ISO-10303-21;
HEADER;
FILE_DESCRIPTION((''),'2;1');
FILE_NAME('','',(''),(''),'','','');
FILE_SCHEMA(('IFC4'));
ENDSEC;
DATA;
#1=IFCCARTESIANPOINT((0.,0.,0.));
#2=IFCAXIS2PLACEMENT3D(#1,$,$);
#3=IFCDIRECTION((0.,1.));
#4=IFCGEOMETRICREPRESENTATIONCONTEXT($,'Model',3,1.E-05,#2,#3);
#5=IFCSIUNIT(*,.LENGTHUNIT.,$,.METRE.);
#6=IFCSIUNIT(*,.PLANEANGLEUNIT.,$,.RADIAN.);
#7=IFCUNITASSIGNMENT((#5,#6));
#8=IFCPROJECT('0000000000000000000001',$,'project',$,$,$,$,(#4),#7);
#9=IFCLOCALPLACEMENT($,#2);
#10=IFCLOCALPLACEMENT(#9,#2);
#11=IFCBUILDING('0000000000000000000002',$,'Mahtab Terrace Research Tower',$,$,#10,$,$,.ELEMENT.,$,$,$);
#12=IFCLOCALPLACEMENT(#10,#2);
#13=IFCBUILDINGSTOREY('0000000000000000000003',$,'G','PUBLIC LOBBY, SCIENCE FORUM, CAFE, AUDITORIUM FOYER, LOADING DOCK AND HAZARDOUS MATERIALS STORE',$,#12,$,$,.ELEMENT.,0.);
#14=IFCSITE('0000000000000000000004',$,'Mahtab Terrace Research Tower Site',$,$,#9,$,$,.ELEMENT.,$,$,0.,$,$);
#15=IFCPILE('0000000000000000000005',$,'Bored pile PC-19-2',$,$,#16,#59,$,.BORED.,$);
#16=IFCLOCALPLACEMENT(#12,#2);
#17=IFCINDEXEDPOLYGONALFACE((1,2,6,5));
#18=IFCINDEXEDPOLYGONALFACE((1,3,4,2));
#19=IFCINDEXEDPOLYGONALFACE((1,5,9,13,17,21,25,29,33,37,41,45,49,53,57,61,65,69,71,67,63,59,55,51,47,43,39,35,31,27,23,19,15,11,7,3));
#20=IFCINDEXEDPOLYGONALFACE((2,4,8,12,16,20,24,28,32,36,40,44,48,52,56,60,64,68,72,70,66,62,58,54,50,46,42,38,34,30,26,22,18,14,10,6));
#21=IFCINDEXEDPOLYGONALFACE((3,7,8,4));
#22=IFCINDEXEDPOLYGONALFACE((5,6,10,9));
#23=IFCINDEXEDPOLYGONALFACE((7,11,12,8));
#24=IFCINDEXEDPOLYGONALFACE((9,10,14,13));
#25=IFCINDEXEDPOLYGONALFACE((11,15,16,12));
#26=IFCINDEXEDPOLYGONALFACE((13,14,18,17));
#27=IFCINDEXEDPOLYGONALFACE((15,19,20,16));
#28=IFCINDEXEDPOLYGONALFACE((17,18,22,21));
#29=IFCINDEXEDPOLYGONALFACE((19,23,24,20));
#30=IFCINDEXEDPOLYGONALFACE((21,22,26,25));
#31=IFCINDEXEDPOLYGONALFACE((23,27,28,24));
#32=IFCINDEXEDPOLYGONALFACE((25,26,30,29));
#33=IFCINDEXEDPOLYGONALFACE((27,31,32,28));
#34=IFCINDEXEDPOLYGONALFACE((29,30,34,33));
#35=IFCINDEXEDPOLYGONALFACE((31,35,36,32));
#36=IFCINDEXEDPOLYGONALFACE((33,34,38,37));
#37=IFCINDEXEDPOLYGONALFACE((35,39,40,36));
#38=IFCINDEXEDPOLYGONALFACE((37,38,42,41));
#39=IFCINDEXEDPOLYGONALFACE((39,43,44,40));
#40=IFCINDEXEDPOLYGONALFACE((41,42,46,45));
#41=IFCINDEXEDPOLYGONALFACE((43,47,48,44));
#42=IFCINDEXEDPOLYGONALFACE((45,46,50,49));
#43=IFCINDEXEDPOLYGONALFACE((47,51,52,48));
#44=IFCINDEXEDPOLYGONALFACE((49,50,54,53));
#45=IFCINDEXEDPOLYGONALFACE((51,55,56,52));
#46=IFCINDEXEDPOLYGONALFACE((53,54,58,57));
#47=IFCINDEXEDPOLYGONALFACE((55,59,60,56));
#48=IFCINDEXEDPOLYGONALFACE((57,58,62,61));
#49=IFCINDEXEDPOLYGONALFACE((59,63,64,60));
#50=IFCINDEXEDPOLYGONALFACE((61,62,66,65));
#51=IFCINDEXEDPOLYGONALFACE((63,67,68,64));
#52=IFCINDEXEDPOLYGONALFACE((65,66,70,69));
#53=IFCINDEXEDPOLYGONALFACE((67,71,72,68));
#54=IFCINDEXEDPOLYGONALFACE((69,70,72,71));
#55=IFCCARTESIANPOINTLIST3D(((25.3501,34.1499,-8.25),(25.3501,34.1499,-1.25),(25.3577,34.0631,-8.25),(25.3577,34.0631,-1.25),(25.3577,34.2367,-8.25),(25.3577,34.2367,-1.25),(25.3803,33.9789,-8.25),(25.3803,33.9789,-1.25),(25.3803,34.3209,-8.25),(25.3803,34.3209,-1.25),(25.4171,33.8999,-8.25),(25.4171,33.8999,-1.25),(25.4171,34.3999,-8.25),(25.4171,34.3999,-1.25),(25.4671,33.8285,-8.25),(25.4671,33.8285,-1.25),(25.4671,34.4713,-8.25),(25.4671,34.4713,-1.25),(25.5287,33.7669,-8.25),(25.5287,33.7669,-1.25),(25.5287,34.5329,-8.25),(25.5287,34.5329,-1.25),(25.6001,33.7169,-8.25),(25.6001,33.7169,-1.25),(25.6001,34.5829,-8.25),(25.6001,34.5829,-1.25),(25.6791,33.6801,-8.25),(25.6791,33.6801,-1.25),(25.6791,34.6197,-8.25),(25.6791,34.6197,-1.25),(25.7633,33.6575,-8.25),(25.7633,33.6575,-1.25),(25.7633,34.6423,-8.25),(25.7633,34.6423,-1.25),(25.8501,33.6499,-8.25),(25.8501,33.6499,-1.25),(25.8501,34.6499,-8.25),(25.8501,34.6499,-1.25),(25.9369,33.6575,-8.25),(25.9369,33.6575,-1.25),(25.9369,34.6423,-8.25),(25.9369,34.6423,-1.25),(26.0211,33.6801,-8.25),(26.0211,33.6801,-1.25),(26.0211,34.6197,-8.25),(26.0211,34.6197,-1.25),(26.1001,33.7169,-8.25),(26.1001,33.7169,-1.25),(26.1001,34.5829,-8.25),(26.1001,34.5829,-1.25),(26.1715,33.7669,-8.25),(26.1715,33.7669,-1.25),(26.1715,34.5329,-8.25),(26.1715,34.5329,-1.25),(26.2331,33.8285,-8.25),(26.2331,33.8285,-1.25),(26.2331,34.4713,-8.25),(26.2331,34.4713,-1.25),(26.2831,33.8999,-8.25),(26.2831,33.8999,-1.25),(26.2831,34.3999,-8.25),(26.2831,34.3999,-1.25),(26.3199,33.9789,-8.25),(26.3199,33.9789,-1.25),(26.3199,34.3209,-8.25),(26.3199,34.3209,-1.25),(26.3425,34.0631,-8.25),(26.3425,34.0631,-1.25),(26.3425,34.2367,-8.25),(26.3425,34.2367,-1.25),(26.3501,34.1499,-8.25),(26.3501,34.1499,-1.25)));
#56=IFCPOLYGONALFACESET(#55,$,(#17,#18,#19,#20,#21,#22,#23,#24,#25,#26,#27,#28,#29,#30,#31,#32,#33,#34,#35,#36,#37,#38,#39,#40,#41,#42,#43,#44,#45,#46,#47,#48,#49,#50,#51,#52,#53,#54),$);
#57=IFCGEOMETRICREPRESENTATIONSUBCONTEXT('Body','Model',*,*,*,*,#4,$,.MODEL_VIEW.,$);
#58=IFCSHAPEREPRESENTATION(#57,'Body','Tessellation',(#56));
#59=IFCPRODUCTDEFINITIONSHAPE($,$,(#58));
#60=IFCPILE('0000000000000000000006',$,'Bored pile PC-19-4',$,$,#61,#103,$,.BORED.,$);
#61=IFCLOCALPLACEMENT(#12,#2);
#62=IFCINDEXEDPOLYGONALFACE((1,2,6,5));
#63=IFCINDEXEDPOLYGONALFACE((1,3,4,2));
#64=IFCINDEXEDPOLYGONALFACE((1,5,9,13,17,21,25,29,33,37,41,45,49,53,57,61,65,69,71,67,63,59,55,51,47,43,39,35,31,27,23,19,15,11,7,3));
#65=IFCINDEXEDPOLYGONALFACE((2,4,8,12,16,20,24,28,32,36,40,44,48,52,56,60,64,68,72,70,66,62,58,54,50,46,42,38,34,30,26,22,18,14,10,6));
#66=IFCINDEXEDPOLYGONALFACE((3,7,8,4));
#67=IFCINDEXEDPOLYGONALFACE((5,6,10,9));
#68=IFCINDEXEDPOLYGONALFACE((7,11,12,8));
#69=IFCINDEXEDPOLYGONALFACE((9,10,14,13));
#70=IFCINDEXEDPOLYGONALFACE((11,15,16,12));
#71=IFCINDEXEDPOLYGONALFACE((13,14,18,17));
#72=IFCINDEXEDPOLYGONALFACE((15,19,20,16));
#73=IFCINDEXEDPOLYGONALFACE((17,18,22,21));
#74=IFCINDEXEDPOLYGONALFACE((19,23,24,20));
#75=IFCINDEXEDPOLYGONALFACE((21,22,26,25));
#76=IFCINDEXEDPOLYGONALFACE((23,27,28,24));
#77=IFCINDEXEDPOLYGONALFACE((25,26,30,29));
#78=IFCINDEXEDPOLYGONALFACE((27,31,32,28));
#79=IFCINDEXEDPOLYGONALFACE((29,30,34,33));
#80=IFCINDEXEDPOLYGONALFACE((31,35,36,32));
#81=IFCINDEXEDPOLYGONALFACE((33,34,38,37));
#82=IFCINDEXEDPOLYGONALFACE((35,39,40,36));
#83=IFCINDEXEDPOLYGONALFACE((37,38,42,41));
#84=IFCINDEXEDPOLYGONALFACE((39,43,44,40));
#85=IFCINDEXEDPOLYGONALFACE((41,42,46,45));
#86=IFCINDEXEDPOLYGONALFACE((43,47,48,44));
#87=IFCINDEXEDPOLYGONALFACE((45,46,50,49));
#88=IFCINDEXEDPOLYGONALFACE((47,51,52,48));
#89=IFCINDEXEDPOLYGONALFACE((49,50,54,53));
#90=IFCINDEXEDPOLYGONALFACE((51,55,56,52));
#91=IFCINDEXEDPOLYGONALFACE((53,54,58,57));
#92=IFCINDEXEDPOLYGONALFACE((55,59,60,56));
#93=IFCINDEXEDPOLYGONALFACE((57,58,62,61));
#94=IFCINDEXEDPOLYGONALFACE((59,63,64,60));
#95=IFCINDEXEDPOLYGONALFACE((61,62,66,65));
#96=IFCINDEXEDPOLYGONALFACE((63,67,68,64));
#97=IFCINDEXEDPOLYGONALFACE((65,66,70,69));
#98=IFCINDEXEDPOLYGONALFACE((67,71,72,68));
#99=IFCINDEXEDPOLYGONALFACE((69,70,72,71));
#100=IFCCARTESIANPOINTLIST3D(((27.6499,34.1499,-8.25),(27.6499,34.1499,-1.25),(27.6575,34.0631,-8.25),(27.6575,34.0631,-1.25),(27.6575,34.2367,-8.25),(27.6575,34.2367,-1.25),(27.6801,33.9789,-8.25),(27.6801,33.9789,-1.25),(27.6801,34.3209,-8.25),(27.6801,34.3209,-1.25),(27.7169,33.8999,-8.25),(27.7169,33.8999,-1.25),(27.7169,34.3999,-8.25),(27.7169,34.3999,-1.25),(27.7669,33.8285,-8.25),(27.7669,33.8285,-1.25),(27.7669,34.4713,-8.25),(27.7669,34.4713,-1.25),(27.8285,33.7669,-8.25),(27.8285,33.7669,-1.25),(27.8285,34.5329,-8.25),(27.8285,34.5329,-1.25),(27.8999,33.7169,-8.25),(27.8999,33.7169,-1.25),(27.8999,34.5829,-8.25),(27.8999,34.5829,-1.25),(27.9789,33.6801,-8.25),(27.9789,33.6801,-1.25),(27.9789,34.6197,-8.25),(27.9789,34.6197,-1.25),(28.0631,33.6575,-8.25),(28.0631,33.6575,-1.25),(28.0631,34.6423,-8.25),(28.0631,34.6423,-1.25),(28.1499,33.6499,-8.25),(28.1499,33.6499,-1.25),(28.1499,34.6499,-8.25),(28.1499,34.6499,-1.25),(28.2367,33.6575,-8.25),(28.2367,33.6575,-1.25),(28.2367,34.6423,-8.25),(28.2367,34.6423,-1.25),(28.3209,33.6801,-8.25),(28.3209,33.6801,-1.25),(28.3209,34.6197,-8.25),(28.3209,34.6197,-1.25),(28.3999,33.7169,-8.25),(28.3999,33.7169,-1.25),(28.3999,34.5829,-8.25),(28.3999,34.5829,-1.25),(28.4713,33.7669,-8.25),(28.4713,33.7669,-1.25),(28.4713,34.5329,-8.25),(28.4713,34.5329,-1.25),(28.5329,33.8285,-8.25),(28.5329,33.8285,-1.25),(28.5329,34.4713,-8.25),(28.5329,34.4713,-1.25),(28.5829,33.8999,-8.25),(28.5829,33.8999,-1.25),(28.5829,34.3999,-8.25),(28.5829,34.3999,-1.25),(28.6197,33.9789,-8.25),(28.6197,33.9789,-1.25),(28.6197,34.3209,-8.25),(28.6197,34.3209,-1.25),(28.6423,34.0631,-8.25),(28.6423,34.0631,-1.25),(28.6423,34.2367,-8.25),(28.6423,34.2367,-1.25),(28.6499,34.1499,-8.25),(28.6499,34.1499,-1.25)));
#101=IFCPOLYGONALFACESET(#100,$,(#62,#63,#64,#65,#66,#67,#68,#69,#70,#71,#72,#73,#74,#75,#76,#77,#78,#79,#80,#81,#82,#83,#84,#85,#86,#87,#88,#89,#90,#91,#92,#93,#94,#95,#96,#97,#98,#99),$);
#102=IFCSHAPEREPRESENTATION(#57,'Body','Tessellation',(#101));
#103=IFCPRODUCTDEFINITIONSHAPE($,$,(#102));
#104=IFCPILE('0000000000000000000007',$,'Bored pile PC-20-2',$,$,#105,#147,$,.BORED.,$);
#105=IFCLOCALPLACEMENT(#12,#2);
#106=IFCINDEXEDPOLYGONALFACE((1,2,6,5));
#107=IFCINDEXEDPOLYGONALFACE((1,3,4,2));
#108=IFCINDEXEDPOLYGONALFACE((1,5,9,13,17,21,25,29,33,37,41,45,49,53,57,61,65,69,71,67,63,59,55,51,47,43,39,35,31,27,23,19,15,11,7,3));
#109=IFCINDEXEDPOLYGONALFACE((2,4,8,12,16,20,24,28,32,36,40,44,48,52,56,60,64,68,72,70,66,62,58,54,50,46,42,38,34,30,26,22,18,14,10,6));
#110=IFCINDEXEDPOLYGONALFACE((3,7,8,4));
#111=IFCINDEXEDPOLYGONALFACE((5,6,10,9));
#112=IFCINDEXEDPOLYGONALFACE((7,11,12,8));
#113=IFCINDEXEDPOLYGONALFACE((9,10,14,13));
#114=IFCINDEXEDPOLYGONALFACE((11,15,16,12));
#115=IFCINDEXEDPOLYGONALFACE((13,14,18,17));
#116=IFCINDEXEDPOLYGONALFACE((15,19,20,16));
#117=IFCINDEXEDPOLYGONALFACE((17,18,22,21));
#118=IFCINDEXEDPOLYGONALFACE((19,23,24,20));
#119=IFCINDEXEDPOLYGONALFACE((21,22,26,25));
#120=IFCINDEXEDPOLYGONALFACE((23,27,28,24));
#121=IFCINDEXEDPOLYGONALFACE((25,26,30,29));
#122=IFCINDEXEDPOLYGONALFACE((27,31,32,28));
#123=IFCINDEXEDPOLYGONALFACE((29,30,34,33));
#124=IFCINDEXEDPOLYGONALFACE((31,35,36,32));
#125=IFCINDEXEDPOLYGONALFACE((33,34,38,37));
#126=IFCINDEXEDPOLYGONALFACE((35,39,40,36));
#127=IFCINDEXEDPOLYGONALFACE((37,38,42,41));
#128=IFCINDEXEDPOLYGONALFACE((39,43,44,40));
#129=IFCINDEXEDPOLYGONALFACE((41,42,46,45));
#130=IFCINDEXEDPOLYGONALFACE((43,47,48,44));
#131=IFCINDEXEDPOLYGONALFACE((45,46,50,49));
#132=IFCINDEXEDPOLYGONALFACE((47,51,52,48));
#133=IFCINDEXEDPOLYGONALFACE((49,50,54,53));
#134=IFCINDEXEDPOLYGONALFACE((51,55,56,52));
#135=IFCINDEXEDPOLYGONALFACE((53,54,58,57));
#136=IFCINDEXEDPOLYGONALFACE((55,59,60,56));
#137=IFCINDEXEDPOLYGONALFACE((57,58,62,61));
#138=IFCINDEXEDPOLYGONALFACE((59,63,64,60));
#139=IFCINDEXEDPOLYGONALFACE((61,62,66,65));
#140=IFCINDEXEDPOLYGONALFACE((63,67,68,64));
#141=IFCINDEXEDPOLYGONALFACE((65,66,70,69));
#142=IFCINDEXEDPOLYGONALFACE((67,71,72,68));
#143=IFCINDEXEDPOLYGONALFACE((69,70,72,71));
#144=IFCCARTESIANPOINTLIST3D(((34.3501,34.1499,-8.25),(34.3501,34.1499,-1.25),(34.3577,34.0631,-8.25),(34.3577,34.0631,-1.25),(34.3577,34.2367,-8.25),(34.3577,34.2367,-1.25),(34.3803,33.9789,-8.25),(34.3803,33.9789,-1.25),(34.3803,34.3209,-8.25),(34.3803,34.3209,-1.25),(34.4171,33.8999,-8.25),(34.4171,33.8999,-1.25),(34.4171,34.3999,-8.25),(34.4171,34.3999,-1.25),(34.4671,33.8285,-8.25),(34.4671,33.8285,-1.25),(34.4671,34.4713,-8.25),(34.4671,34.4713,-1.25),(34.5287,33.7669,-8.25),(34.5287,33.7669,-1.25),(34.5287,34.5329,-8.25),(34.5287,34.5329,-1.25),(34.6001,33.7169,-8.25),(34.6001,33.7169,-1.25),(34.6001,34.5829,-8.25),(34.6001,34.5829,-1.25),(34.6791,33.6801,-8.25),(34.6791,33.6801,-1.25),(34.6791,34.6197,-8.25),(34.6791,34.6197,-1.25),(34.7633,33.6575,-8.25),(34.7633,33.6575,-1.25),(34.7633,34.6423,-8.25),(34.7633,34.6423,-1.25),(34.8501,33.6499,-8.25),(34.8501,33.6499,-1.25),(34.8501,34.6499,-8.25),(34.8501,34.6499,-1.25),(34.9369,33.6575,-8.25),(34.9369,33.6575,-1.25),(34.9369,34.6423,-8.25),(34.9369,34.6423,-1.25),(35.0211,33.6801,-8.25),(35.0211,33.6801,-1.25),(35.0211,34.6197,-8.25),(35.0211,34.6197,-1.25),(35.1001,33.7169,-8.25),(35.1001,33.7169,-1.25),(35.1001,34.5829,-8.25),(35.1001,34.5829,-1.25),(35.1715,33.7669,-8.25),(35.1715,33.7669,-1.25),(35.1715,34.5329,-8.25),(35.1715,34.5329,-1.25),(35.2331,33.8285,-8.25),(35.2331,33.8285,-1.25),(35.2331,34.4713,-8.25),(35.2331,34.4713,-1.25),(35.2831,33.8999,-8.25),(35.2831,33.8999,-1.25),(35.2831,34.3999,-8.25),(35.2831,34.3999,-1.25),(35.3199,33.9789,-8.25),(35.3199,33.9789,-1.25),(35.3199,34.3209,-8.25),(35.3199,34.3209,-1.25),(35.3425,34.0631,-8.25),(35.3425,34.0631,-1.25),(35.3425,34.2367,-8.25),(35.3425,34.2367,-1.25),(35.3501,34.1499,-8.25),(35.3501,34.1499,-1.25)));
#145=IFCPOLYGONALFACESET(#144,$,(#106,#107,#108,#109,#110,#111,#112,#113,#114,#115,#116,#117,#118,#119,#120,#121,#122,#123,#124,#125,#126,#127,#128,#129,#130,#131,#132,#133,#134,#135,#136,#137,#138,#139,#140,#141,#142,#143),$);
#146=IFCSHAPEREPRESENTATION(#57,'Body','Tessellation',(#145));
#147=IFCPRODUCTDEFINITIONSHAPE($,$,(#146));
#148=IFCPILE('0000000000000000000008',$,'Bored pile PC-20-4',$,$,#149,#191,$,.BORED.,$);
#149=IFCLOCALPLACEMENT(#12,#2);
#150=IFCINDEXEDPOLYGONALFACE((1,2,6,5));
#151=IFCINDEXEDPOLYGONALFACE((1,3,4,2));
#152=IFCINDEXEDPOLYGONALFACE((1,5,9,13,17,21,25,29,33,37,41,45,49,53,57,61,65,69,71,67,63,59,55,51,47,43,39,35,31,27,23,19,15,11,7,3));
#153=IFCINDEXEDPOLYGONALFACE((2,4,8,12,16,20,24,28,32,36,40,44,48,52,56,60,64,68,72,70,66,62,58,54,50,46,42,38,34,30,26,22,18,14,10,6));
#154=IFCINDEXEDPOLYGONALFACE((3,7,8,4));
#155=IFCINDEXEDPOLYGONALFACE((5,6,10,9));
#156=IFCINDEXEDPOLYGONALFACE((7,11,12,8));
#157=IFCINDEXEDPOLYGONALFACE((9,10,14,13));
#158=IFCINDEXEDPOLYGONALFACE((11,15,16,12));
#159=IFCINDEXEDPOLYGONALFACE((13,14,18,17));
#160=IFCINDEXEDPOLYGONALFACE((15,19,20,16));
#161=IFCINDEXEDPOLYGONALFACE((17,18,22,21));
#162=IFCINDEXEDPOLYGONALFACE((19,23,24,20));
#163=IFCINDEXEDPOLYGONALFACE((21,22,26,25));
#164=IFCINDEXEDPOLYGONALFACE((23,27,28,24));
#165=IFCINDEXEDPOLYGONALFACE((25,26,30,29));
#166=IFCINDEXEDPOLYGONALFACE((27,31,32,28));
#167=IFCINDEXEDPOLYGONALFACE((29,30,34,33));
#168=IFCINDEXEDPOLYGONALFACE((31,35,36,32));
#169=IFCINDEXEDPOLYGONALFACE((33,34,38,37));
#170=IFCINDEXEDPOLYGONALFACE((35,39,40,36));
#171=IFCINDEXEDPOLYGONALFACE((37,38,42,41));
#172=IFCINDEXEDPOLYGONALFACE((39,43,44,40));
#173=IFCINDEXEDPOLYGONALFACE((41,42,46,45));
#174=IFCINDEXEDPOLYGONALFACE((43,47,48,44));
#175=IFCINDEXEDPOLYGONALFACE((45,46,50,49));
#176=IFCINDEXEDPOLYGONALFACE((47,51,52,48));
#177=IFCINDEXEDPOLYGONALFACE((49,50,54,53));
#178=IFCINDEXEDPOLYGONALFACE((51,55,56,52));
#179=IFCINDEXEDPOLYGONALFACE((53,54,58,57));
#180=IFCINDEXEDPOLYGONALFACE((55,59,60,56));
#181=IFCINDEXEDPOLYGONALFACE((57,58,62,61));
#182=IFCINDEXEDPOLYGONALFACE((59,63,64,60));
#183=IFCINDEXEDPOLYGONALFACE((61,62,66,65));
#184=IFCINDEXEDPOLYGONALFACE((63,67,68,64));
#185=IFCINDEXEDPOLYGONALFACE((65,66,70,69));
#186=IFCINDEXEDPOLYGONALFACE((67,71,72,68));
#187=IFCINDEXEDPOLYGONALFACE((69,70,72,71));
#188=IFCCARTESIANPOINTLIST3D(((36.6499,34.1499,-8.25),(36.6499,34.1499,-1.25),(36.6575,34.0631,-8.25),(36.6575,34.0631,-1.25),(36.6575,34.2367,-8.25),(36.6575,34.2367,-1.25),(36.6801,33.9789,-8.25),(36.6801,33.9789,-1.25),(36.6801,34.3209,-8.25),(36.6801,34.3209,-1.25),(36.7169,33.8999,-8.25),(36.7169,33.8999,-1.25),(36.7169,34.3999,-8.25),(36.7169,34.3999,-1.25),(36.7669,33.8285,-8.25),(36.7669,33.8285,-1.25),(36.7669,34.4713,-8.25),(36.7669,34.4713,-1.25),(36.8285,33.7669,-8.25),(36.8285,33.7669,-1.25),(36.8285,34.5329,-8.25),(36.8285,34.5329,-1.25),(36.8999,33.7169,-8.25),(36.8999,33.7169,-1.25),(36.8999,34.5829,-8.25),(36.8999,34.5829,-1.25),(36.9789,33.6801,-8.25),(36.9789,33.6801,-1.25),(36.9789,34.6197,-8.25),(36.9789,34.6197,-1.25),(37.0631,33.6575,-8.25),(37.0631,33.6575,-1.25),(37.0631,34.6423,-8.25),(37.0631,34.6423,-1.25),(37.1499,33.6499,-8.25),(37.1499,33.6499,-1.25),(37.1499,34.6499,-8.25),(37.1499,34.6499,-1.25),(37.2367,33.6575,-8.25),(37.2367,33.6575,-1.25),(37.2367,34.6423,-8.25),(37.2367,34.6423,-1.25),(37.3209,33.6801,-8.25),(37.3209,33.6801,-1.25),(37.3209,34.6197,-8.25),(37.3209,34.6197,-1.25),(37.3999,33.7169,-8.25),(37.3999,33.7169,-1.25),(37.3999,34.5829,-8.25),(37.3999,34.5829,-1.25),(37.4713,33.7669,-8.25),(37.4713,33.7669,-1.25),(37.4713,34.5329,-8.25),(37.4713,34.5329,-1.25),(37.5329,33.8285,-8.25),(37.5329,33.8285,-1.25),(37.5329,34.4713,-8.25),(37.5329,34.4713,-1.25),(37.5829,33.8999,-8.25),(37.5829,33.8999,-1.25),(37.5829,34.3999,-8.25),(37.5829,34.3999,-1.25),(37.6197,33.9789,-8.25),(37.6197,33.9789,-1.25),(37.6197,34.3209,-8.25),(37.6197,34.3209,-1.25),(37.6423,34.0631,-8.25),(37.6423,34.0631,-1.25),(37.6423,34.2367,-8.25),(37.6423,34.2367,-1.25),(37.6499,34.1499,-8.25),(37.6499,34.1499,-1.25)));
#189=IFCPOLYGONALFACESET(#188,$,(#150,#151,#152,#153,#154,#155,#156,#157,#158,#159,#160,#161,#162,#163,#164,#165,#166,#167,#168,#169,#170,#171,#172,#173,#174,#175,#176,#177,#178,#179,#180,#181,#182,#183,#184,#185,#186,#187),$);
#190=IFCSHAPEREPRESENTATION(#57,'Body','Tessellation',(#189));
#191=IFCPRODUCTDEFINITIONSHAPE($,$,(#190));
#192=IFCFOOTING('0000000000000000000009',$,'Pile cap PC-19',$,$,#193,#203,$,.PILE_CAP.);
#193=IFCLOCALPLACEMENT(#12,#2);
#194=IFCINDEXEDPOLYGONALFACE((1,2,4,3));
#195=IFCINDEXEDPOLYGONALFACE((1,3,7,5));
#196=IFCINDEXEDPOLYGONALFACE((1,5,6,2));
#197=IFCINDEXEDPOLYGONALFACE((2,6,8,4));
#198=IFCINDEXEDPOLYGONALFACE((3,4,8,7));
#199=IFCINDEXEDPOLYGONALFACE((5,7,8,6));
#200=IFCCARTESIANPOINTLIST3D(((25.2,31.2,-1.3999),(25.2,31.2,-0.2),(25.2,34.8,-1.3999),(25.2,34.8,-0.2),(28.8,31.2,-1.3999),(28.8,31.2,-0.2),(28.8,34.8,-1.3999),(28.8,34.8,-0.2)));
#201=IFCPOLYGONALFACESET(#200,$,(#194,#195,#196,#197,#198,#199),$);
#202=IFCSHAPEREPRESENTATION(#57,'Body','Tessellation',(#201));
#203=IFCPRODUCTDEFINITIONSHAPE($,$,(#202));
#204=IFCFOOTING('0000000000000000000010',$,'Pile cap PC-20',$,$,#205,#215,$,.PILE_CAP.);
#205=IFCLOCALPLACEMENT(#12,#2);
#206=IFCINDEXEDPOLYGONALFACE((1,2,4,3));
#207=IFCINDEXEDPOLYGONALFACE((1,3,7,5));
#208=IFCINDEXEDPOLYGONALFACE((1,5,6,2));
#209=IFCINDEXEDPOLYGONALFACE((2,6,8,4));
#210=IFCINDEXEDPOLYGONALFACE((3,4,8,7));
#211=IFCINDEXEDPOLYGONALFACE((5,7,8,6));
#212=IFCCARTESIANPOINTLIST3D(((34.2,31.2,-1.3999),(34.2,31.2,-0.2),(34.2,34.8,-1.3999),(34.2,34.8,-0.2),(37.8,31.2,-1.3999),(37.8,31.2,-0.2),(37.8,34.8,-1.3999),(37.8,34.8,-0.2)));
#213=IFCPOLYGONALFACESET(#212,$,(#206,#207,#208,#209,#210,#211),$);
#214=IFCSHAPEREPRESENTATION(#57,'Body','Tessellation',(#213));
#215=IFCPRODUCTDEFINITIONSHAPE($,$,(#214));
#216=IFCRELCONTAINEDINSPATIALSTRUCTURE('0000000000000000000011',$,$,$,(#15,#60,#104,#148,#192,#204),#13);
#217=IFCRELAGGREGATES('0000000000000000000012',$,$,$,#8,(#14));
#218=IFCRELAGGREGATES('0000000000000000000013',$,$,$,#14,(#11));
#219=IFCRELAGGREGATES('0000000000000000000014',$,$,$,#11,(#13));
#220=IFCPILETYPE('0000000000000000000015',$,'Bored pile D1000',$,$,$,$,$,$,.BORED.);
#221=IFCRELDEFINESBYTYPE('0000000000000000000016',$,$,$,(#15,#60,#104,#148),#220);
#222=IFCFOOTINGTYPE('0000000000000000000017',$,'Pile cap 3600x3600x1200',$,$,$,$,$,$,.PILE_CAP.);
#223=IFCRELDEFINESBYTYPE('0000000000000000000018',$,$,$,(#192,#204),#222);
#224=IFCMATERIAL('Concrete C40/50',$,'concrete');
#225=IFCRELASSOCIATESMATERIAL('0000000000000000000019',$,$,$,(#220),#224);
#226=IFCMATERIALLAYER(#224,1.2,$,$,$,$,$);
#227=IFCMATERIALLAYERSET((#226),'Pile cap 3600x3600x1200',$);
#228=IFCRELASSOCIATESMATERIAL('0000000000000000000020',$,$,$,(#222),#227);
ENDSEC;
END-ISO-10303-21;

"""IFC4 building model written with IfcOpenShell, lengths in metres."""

from ifc_helpers import new_model, si_unit, direction, frame, origin, origin_2d, place, context, subcontext, project, spatial, rectangle, circle, extrude, material, layer, layer_set, material_profile, profile_set, type_object, element, save


model = new_model("IFC4")

# Units and contexts
model_context = context("Model", 3, precision=1e-05, world=origin(), true_north=direction((0.0, 1.0)))
body_context = subcontext(model_context, "Body", "Model", "MODEL_VIEW")
ifc_project = project(units=[si_unit("LENGTHUNIT", "METRE"), si_unit("PLANEANGLEUNIT", "RADIAN")], contexts=[model_context])

# Site, building, storey
site_placement = place(None, origin())
site = spatial("IfcSite", under=ifc_project, at=site_placement, Name="Mahtab Terrace Research Tower Site", CompositionType="ELEMENT", RefElevation=0.0)
building_placement = place(site_placement, origin())
building = spatial("IfcBuilding", under=site, at=building_placement, Name="Mahtab Terrace Research Tower", CompositionType="ELEMENT")
storey_placement = place(building_placement, origin())
storey = spatial("IfcBuildingStorey", under=building, at=storey_placement, Name="G", Description="PUBLIC LOBBY, SCIENCE FORUM, CAFE, AUDITORIUM FOYER, LOADING DOCK AND HAZARDOUS MATERIALS STORE", CompositionType="ELEMENT", Elevation=0.0)

# Piles
ifc_material_1 = material(Name="Concrete C40/50", Category="concrete")
ifc_material_profile_1 = material_profile(ifc_material_1, circle(Radius=0.5, at=origin_2d()), Name="Bored pile D1000")
ifc_profile_set_1 = profile_set([ifc_material_profile_1], Name="Concrete C40/50")
pile_type = type_object("IfcPileType", Name="Bored pile D1000", PredefinedType="BORED", material=ifc_profile_set_1)
for number, where, z_axis, x_axis, name in (
    (1, (25.8501, 34.1499, -1.25), (0.0, 0.0, -1.0), (1.0, 0.0, 0.0), "Bored pile PC-19-2"),
    (2, (28.1499, 34.1499, -1.25), (0.0, 0.0, -1.0), (1.0, 0.0, 0.0), "Bored pile PC-19-4"),
    (3, (34.8501, 34.1499, -1.25), (0.0, 0.0, -1.0), (1.0, 0.0, 0.0), "Bored pile PC-20-2"),
    (4, (37.1499, 34.1499, -1.25), (0.0, 0.0, -1.0), (1.0, 0.0, 0.0), "Bored pile PC-20-4"),
):
    element("IfcPile", number, at=place(storey_placement, frame(where, z_axis=z_axis, x_axis=x_axis)), inside=storey, type_object=pile_type, Name=name, PredefinedType="BORED", context=body_context, shape_type="SweptSolid", body=[
        extrude(circle(Radius=0.5, at=origin_2d()), origin(), (0.0, 0.0, 1.0), 7.0),
    ])

# Footings
ifc_layer_1 = layer(ifc_material_1, 1.2)
ifc_layer_set_1 = layer_set([ifc_layer_1], Name="Pile cap 3600x3600x1200")
footing_type = type_object("IfcFootingType", Name="Pile cap 3600x3600x1200", PredefinedType="PILE_CAP", material=ifc_layer_set_1)
for number, where, z_axis, x_axis, name in (
    (5, (27.0, 33.0, -1.3999), (0.0, 0.0, 1.0), (1.0, 0.0, 0.0), "Pile cap PC-19"),
    (6, (36.0, 33.0, -1.3999), (0.0, 0.0, 1.0), (1.0, 0.0, 0.0), "Pile cap PC-20"),
):
    element("IfcFooting", number, at=place(storey_placement, frame(where, z_axis=z_axis, x_axis=x_axis)), inside=storey, type_object=footing_type, Name=name, PredefinedType="PILE_CAP", context=body_context, shape_type="SweptSolid", body=[
        extrude(rectangle(XDim=3.6001, YDim=3.6001, at=origin_2d()), origin(), (0.0, 0.0, 1.0), 1.2),
    ])

save(model, "model.ifc")
